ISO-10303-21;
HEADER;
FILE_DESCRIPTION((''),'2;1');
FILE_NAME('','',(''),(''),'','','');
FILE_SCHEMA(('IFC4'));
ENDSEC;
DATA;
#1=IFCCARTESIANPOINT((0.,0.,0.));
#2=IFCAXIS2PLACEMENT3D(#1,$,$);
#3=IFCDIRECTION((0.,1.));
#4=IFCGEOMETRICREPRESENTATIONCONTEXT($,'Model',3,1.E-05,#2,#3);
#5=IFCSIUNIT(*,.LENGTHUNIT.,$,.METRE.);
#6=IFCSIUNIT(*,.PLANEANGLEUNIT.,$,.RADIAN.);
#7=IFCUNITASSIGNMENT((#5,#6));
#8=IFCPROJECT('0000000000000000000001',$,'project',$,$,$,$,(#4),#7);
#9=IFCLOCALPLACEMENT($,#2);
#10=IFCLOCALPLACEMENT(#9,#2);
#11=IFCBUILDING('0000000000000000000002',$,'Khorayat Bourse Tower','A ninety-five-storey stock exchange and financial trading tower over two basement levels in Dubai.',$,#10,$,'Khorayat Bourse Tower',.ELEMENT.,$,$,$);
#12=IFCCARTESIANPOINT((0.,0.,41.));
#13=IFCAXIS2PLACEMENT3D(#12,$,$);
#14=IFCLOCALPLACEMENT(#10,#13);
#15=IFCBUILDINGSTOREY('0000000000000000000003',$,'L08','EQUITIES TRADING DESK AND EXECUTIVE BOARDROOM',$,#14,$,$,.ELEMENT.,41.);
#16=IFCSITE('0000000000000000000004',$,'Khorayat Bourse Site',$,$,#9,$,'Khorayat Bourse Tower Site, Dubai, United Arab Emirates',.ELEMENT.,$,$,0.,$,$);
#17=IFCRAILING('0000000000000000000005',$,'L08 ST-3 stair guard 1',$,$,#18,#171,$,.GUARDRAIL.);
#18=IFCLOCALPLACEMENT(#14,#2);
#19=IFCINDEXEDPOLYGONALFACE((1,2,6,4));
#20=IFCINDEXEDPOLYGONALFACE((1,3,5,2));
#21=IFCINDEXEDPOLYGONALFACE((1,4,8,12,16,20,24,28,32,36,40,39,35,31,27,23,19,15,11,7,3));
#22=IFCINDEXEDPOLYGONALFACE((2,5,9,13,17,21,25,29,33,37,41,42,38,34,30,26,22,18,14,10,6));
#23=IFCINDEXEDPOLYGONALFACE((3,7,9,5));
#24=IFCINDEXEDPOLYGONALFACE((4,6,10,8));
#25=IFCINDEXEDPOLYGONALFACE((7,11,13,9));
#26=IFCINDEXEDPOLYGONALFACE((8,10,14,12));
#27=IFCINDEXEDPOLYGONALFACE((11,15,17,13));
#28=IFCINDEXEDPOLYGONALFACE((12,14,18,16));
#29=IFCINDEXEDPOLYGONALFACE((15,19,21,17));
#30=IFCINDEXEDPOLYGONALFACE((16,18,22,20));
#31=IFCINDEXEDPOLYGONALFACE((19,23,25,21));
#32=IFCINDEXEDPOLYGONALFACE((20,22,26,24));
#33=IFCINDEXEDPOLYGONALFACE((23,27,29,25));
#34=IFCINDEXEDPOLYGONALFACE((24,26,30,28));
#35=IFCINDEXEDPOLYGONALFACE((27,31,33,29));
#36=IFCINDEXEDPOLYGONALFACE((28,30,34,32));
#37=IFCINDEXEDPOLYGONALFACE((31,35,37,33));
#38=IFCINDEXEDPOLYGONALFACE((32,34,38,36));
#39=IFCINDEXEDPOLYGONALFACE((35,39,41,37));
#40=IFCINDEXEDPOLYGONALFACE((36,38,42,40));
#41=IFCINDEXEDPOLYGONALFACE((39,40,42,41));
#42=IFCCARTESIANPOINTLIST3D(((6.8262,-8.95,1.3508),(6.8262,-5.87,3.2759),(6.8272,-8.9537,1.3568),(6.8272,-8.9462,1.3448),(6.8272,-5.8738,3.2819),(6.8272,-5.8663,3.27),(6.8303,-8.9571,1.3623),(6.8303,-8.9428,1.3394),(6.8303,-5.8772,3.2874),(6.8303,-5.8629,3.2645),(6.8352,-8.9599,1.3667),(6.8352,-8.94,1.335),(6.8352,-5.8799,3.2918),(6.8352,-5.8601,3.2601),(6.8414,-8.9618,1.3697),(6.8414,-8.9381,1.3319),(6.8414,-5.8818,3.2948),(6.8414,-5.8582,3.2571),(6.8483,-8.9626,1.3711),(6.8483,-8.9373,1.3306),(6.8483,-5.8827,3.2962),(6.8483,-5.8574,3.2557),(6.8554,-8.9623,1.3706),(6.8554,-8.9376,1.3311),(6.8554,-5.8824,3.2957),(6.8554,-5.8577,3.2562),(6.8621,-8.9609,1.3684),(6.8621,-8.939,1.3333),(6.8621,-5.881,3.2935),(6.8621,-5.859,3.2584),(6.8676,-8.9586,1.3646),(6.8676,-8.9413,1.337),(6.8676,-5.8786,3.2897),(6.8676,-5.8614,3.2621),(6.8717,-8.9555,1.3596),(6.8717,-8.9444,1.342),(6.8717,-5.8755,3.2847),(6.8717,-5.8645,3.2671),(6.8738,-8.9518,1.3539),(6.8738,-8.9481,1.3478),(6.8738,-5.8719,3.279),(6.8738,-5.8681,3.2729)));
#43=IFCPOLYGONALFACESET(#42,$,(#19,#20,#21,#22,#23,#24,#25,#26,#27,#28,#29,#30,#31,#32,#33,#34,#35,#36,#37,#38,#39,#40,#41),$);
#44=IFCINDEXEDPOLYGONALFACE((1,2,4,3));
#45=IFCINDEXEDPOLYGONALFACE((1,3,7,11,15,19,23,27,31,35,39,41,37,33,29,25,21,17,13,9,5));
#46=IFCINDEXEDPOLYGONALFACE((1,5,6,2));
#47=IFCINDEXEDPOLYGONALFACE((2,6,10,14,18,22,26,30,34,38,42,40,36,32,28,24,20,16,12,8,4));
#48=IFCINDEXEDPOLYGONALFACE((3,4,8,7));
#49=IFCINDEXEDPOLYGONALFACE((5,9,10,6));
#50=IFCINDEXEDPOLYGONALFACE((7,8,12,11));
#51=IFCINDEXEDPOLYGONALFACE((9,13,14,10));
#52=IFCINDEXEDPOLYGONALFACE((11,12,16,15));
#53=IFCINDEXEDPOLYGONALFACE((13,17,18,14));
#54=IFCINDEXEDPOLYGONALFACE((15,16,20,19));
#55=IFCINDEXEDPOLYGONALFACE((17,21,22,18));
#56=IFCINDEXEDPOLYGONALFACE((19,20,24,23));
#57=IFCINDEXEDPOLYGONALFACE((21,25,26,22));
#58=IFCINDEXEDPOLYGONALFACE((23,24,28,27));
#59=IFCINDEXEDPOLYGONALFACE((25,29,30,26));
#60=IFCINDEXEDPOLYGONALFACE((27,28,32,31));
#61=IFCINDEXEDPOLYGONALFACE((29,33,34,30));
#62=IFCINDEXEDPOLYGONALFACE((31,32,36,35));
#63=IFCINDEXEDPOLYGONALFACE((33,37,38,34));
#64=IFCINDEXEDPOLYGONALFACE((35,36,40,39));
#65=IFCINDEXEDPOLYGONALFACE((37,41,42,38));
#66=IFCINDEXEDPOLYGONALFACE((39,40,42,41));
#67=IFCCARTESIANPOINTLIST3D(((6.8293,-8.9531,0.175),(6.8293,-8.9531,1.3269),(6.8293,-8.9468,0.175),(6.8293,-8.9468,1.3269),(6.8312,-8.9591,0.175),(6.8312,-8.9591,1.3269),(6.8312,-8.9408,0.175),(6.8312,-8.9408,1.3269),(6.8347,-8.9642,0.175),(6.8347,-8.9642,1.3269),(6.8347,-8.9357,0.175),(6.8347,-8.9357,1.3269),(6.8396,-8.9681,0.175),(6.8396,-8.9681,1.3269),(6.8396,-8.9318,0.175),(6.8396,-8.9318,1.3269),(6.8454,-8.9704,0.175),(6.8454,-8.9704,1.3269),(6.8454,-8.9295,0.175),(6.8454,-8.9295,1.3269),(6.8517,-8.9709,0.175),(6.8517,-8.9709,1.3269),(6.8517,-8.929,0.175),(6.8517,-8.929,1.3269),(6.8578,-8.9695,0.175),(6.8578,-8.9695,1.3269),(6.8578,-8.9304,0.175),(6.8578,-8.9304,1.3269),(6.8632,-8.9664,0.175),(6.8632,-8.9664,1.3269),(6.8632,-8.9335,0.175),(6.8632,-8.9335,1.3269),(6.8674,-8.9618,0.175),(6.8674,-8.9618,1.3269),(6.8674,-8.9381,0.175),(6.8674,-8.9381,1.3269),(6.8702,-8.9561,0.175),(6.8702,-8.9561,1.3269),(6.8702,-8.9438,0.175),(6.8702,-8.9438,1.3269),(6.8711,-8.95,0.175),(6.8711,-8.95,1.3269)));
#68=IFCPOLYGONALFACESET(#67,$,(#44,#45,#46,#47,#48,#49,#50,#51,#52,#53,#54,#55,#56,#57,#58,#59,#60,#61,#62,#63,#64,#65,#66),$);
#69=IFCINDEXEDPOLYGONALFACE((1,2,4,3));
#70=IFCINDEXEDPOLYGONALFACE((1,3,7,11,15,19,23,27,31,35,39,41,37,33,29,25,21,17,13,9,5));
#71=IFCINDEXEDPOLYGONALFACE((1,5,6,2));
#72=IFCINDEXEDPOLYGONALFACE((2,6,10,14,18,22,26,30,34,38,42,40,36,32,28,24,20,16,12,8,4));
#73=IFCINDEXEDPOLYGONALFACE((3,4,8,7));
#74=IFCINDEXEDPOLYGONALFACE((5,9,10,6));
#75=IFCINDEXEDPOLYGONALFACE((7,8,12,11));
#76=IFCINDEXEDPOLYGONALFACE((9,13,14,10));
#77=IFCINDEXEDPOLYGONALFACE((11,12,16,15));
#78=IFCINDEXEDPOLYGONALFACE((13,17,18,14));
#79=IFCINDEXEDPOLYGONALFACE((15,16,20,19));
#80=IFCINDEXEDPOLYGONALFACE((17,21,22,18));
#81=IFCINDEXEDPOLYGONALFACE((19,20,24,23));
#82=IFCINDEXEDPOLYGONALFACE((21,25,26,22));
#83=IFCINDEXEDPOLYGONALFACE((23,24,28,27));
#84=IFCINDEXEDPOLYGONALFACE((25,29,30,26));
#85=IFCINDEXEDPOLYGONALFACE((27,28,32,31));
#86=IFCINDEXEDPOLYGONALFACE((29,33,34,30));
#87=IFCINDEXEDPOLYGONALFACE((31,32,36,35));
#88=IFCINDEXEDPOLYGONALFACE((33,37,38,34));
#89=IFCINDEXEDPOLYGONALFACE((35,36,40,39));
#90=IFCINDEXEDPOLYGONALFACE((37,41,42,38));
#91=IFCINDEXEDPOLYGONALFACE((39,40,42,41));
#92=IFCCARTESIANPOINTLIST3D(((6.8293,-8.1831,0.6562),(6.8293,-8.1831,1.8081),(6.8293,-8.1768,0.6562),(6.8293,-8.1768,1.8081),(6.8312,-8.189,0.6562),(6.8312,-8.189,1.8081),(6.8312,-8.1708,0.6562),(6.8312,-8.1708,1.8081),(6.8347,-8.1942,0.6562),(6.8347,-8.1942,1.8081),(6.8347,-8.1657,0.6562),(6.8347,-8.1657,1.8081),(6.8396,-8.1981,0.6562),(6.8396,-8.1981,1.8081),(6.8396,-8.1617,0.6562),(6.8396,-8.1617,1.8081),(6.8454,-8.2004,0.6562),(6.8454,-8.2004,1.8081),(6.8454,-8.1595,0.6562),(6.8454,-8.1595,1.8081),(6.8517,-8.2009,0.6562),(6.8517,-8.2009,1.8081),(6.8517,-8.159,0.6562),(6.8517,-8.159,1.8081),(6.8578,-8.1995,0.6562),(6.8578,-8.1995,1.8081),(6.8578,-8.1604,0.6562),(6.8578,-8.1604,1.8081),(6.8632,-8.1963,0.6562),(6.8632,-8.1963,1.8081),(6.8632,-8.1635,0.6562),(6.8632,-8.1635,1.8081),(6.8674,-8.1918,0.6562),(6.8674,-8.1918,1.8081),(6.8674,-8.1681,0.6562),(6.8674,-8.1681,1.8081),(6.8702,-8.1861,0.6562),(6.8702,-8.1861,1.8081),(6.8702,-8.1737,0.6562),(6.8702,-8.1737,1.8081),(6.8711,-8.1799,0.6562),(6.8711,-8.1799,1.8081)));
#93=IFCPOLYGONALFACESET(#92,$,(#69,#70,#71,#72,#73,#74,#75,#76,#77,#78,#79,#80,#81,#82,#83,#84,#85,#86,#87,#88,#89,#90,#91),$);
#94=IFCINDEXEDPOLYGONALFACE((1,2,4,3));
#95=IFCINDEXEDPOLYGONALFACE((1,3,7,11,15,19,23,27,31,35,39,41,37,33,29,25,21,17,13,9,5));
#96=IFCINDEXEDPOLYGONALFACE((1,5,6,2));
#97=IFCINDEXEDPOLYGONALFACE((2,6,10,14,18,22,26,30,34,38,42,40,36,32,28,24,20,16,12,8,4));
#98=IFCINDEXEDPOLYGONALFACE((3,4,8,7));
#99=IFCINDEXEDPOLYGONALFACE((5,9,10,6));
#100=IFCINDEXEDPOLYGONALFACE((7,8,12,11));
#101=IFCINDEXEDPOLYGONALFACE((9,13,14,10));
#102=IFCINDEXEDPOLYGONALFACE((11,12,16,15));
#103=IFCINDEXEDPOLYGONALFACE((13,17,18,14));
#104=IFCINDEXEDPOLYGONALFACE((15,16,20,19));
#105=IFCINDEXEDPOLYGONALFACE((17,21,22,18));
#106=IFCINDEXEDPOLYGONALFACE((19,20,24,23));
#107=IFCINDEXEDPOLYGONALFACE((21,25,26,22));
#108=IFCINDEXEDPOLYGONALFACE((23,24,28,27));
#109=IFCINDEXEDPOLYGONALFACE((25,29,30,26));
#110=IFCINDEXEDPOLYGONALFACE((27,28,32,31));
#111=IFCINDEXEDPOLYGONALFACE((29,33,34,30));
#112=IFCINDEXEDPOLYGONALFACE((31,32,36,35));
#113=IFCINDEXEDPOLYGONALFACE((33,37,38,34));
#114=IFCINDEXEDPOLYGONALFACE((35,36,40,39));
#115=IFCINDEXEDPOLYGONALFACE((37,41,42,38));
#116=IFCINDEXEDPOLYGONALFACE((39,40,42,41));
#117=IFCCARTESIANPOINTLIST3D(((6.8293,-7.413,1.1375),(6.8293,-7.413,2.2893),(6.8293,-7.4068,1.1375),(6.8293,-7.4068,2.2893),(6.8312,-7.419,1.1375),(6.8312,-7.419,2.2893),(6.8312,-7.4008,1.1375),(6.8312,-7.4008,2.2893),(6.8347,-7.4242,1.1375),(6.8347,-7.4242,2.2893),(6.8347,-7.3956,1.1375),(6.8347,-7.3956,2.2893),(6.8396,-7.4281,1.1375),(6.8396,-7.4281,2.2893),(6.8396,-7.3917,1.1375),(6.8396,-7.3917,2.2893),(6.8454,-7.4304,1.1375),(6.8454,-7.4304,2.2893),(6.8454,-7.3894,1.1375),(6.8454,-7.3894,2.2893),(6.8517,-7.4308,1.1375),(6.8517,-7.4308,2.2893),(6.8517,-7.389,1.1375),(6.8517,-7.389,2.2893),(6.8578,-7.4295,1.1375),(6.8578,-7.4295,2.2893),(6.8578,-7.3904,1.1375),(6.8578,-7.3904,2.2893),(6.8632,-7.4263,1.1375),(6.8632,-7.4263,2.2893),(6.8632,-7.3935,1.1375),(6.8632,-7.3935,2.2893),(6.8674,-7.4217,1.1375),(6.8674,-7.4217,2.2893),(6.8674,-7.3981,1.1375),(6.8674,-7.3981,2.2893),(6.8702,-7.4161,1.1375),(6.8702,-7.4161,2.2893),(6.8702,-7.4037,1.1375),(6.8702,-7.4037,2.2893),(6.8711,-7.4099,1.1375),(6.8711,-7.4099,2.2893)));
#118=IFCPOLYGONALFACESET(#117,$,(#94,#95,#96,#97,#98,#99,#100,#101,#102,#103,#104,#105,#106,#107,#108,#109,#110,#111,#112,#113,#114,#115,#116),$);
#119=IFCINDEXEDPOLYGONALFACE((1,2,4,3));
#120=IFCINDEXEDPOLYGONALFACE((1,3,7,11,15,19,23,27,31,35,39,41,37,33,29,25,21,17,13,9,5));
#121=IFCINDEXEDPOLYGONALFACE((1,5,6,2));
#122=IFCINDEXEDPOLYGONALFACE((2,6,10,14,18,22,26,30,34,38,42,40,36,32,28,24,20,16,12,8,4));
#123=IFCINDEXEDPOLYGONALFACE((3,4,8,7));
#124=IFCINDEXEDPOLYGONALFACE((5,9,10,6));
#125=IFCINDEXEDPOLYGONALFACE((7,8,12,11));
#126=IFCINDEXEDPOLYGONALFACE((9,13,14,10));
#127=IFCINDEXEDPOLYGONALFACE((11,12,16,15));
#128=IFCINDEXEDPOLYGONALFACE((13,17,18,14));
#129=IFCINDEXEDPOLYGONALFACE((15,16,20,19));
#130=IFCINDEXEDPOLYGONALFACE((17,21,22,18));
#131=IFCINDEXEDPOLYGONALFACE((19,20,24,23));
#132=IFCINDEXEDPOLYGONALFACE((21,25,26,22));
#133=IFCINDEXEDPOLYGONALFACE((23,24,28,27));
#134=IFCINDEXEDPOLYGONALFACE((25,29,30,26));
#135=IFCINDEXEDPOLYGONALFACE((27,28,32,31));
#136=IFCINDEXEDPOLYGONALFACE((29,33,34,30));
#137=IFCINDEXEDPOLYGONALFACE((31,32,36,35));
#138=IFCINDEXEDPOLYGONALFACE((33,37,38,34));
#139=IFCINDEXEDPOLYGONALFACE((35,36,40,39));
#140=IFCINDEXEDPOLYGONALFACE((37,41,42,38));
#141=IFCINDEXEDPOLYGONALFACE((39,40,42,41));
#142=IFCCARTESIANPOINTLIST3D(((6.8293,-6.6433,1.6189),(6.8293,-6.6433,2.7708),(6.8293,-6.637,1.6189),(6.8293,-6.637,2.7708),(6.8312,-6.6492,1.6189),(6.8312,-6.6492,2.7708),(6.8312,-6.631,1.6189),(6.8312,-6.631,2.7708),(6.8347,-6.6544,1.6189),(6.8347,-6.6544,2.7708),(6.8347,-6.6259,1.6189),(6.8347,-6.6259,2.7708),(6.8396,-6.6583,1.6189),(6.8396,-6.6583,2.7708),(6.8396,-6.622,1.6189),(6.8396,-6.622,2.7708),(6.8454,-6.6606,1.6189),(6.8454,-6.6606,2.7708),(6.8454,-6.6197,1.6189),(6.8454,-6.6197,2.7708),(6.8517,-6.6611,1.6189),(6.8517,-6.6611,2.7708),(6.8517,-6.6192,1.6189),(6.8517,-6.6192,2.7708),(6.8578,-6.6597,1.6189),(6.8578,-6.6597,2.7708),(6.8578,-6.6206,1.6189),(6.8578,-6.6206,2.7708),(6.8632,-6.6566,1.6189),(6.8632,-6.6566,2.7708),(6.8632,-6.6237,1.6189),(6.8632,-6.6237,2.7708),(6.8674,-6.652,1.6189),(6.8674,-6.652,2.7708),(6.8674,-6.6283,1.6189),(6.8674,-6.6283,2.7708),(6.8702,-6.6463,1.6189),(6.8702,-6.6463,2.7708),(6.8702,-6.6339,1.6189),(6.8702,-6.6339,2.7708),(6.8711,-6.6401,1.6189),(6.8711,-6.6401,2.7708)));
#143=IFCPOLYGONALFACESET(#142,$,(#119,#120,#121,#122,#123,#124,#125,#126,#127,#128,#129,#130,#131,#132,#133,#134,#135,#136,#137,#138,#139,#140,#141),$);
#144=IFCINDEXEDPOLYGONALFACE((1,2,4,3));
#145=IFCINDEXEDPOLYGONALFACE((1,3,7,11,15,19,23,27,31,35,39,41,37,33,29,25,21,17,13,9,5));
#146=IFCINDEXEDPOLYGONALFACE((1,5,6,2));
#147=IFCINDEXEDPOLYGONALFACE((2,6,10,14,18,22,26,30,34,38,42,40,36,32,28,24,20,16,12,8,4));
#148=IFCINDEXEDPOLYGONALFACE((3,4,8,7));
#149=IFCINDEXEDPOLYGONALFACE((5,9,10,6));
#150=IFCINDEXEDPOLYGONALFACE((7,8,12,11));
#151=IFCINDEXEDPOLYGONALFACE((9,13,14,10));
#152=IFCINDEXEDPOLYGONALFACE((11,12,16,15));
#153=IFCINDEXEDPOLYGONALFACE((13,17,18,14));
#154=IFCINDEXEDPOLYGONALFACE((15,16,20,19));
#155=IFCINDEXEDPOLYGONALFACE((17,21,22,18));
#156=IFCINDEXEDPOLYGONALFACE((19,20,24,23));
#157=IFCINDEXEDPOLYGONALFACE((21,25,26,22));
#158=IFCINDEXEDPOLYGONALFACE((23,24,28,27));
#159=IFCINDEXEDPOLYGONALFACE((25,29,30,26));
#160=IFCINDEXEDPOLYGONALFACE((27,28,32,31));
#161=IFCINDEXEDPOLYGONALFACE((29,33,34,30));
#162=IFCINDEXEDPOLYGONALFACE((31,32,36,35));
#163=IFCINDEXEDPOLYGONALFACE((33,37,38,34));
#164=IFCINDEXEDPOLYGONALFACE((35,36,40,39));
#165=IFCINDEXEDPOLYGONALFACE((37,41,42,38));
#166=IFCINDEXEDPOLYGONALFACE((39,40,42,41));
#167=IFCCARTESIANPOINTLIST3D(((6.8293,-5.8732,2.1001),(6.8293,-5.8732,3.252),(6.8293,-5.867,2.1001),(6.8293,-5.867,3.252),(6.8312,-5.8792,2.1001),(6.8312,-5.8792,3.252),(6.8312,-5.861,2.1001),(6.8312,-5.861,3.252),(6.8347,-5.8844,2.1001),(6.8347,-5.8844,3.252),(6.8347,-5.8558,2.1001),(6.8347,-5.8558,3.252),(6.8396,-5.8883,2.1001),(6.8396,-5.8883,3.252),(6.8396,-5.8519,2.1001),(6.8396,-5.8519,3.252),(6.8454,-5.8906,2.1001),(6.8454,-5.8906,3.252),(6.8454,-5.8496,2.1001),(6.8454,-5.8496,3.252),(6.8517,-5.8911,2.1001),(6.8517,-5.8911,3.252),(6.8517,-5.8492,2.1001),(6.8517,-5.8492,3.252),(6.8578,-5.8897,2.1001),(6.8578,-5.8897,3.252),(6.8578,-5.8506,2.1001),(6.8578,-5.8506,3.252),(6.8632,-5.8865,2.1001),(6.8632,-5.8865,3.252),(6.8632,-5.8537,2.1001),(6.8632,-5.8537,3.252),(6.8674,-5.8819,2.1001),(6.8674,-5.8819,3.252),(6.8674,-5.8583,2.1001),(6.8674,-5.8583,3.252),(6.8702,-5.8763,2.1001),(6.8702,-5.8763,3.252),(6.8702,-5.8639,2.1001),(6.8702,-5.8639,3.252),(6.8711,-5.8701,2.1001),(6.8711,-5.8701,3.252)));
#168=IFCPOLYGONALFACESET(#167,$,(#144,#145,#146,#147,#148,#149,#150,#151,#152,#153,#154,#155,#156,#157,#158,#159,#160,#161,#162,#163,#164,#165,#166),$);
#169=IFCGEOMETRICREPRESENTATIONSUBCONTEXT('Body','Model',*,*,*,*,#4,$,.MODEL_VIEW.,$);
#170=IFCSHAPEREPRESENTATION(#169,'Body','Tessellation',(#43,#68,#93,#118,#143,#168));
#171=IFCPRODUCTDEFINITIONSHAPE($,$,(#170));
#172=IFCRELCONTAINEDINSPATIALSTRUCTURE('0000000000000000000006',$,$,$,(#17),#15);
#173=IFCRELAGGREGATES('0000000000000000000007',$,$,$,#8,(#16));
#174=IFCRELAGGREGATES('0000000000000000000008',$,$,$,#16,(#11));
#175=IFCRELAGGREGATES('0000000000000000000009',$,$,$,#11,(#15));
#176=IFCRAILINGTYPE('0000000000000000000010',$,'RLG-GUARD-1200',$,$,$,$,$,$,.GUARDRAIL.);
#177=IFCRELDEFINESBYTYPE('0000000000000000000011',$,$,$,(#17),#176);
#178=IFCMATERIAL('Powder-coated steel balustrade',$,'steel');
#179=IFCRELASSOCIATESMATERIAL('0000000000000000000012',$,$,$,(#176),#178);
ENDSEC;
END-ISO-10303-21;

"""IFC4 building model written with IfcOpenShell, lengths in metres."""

from ifc_helpers import new_model, si_unit, direction, frame, origin, origin_2d, place, context, subcontext, project, spatial, circle, extrude, source, transform, mapped, material, type_object, element, save


model = new_model("IFC4")

# Units and contexts
model_context = context("Model", 3, precision=1e-05, world=origin(), true_north=direction((0.0, 1.0)))
body_context = subcontext(model_context, "Body", "Model", "MODEL_VIEW")
ifc_project = project(units=[si_unit("LENGTHUNIT", "METRE"), si_unit("PLANEANGLEUNIT", "RADIAN")], contexts=[model_context])

# Site, building, storey
site_placement = place(None, origin())
site = spatial("IfcSite", under=ifc_project, at=site_placement, Name="Khorayat Bourse Site", LongName="Khorayat Bourse Tower Site, Dubai, United Arab Emirates", CompositionType="ELEMENT", RefElevation=0.0)
building_placement = place(site_placement, origin())
building = spatial("IfcBuilding", under=site, at=building_placement, Name="Khorayat Bourse Tower", Description="A ninety-five-storey stock exchange and financial trading tower over two basement levels in Dubai.", LongName="Khorayat Bourse Tower", CompositionType="ELEMENT")
storey_placement = place(building_placement, frame((0.0, 0.0, 41.0)))
storey = spatial("IfcBuildingStorey", under=building, at=storey_placement, Name="L08", Description="EQUITIES TRADING DESK AND EXECUTIVE BOARDROOM", CompositionType="ELEMENT", Elevation=41.0)

# Railing
ifc_material_1 = material(Name="Powder-coated steel balustrade", Category="steel")
railing_type_1 = type_object("IfcRailingType", Name="RLG-GUARD-1200", PredefinedType="GUARDRAIL", material=ifc_material_1)
shared_shape_1 = source(origin(), body_context, "Body", "SweptSolid", [
    extrude(circle(Radius=0.0239, at=origin_2d()), frame((0.0, 0.0, 1.1758), z_axis=(0.0, 0.847979, 0.530029), x_axis=(-1.0, 0.0, 0.0)), (0.0, 0.0, 1.0), 3.6321),
    extrude(circle(Radius=0.021, at=origin_2d()), origin(), (0.0, 0.0, 1.0), 1.1519),
    extrude(circle(Radius=0.021, at=origin_2d()), frame((0.0, 0.77, 0.4812)), (0.0, 0.0, 1.0), 1.1519),
    extrude(circle(Radius=0.021, at=origin_2d()), frame((0.0, 1.54, 0.9624)), (0.0, 0.0, 1.0), 1.1519),
    extrude(circle(Radius=0.021, at=origin_2d()), frame((0.0, 2.3098, 1.4438)), (0.0, 0.0, 1.0), 1.1519),
    extrude(circle(Radius=0.021, at=origin_2d()), frame((0.0, 3.0798, 1.925)), (0.0, 0.0, 1.0), 1.1519),
])
railing_1_placement = place(storey_placement, frame((6.8501, -8.95, 0.175)))
element("IfcRailing", 1, at=railing_1_placement, inside=storey, type_object=railing_type_1, Name="L08 ST-3 stair guard 1", PredefinedType="GUARDRAIL", context=body_context, shape_type="MappedRepresentation", body=[
    mapped(shared_shape_1, transform((0.0, 0.0, 0.0), scale=1.0)),
])

save(model, "model.ifc")
